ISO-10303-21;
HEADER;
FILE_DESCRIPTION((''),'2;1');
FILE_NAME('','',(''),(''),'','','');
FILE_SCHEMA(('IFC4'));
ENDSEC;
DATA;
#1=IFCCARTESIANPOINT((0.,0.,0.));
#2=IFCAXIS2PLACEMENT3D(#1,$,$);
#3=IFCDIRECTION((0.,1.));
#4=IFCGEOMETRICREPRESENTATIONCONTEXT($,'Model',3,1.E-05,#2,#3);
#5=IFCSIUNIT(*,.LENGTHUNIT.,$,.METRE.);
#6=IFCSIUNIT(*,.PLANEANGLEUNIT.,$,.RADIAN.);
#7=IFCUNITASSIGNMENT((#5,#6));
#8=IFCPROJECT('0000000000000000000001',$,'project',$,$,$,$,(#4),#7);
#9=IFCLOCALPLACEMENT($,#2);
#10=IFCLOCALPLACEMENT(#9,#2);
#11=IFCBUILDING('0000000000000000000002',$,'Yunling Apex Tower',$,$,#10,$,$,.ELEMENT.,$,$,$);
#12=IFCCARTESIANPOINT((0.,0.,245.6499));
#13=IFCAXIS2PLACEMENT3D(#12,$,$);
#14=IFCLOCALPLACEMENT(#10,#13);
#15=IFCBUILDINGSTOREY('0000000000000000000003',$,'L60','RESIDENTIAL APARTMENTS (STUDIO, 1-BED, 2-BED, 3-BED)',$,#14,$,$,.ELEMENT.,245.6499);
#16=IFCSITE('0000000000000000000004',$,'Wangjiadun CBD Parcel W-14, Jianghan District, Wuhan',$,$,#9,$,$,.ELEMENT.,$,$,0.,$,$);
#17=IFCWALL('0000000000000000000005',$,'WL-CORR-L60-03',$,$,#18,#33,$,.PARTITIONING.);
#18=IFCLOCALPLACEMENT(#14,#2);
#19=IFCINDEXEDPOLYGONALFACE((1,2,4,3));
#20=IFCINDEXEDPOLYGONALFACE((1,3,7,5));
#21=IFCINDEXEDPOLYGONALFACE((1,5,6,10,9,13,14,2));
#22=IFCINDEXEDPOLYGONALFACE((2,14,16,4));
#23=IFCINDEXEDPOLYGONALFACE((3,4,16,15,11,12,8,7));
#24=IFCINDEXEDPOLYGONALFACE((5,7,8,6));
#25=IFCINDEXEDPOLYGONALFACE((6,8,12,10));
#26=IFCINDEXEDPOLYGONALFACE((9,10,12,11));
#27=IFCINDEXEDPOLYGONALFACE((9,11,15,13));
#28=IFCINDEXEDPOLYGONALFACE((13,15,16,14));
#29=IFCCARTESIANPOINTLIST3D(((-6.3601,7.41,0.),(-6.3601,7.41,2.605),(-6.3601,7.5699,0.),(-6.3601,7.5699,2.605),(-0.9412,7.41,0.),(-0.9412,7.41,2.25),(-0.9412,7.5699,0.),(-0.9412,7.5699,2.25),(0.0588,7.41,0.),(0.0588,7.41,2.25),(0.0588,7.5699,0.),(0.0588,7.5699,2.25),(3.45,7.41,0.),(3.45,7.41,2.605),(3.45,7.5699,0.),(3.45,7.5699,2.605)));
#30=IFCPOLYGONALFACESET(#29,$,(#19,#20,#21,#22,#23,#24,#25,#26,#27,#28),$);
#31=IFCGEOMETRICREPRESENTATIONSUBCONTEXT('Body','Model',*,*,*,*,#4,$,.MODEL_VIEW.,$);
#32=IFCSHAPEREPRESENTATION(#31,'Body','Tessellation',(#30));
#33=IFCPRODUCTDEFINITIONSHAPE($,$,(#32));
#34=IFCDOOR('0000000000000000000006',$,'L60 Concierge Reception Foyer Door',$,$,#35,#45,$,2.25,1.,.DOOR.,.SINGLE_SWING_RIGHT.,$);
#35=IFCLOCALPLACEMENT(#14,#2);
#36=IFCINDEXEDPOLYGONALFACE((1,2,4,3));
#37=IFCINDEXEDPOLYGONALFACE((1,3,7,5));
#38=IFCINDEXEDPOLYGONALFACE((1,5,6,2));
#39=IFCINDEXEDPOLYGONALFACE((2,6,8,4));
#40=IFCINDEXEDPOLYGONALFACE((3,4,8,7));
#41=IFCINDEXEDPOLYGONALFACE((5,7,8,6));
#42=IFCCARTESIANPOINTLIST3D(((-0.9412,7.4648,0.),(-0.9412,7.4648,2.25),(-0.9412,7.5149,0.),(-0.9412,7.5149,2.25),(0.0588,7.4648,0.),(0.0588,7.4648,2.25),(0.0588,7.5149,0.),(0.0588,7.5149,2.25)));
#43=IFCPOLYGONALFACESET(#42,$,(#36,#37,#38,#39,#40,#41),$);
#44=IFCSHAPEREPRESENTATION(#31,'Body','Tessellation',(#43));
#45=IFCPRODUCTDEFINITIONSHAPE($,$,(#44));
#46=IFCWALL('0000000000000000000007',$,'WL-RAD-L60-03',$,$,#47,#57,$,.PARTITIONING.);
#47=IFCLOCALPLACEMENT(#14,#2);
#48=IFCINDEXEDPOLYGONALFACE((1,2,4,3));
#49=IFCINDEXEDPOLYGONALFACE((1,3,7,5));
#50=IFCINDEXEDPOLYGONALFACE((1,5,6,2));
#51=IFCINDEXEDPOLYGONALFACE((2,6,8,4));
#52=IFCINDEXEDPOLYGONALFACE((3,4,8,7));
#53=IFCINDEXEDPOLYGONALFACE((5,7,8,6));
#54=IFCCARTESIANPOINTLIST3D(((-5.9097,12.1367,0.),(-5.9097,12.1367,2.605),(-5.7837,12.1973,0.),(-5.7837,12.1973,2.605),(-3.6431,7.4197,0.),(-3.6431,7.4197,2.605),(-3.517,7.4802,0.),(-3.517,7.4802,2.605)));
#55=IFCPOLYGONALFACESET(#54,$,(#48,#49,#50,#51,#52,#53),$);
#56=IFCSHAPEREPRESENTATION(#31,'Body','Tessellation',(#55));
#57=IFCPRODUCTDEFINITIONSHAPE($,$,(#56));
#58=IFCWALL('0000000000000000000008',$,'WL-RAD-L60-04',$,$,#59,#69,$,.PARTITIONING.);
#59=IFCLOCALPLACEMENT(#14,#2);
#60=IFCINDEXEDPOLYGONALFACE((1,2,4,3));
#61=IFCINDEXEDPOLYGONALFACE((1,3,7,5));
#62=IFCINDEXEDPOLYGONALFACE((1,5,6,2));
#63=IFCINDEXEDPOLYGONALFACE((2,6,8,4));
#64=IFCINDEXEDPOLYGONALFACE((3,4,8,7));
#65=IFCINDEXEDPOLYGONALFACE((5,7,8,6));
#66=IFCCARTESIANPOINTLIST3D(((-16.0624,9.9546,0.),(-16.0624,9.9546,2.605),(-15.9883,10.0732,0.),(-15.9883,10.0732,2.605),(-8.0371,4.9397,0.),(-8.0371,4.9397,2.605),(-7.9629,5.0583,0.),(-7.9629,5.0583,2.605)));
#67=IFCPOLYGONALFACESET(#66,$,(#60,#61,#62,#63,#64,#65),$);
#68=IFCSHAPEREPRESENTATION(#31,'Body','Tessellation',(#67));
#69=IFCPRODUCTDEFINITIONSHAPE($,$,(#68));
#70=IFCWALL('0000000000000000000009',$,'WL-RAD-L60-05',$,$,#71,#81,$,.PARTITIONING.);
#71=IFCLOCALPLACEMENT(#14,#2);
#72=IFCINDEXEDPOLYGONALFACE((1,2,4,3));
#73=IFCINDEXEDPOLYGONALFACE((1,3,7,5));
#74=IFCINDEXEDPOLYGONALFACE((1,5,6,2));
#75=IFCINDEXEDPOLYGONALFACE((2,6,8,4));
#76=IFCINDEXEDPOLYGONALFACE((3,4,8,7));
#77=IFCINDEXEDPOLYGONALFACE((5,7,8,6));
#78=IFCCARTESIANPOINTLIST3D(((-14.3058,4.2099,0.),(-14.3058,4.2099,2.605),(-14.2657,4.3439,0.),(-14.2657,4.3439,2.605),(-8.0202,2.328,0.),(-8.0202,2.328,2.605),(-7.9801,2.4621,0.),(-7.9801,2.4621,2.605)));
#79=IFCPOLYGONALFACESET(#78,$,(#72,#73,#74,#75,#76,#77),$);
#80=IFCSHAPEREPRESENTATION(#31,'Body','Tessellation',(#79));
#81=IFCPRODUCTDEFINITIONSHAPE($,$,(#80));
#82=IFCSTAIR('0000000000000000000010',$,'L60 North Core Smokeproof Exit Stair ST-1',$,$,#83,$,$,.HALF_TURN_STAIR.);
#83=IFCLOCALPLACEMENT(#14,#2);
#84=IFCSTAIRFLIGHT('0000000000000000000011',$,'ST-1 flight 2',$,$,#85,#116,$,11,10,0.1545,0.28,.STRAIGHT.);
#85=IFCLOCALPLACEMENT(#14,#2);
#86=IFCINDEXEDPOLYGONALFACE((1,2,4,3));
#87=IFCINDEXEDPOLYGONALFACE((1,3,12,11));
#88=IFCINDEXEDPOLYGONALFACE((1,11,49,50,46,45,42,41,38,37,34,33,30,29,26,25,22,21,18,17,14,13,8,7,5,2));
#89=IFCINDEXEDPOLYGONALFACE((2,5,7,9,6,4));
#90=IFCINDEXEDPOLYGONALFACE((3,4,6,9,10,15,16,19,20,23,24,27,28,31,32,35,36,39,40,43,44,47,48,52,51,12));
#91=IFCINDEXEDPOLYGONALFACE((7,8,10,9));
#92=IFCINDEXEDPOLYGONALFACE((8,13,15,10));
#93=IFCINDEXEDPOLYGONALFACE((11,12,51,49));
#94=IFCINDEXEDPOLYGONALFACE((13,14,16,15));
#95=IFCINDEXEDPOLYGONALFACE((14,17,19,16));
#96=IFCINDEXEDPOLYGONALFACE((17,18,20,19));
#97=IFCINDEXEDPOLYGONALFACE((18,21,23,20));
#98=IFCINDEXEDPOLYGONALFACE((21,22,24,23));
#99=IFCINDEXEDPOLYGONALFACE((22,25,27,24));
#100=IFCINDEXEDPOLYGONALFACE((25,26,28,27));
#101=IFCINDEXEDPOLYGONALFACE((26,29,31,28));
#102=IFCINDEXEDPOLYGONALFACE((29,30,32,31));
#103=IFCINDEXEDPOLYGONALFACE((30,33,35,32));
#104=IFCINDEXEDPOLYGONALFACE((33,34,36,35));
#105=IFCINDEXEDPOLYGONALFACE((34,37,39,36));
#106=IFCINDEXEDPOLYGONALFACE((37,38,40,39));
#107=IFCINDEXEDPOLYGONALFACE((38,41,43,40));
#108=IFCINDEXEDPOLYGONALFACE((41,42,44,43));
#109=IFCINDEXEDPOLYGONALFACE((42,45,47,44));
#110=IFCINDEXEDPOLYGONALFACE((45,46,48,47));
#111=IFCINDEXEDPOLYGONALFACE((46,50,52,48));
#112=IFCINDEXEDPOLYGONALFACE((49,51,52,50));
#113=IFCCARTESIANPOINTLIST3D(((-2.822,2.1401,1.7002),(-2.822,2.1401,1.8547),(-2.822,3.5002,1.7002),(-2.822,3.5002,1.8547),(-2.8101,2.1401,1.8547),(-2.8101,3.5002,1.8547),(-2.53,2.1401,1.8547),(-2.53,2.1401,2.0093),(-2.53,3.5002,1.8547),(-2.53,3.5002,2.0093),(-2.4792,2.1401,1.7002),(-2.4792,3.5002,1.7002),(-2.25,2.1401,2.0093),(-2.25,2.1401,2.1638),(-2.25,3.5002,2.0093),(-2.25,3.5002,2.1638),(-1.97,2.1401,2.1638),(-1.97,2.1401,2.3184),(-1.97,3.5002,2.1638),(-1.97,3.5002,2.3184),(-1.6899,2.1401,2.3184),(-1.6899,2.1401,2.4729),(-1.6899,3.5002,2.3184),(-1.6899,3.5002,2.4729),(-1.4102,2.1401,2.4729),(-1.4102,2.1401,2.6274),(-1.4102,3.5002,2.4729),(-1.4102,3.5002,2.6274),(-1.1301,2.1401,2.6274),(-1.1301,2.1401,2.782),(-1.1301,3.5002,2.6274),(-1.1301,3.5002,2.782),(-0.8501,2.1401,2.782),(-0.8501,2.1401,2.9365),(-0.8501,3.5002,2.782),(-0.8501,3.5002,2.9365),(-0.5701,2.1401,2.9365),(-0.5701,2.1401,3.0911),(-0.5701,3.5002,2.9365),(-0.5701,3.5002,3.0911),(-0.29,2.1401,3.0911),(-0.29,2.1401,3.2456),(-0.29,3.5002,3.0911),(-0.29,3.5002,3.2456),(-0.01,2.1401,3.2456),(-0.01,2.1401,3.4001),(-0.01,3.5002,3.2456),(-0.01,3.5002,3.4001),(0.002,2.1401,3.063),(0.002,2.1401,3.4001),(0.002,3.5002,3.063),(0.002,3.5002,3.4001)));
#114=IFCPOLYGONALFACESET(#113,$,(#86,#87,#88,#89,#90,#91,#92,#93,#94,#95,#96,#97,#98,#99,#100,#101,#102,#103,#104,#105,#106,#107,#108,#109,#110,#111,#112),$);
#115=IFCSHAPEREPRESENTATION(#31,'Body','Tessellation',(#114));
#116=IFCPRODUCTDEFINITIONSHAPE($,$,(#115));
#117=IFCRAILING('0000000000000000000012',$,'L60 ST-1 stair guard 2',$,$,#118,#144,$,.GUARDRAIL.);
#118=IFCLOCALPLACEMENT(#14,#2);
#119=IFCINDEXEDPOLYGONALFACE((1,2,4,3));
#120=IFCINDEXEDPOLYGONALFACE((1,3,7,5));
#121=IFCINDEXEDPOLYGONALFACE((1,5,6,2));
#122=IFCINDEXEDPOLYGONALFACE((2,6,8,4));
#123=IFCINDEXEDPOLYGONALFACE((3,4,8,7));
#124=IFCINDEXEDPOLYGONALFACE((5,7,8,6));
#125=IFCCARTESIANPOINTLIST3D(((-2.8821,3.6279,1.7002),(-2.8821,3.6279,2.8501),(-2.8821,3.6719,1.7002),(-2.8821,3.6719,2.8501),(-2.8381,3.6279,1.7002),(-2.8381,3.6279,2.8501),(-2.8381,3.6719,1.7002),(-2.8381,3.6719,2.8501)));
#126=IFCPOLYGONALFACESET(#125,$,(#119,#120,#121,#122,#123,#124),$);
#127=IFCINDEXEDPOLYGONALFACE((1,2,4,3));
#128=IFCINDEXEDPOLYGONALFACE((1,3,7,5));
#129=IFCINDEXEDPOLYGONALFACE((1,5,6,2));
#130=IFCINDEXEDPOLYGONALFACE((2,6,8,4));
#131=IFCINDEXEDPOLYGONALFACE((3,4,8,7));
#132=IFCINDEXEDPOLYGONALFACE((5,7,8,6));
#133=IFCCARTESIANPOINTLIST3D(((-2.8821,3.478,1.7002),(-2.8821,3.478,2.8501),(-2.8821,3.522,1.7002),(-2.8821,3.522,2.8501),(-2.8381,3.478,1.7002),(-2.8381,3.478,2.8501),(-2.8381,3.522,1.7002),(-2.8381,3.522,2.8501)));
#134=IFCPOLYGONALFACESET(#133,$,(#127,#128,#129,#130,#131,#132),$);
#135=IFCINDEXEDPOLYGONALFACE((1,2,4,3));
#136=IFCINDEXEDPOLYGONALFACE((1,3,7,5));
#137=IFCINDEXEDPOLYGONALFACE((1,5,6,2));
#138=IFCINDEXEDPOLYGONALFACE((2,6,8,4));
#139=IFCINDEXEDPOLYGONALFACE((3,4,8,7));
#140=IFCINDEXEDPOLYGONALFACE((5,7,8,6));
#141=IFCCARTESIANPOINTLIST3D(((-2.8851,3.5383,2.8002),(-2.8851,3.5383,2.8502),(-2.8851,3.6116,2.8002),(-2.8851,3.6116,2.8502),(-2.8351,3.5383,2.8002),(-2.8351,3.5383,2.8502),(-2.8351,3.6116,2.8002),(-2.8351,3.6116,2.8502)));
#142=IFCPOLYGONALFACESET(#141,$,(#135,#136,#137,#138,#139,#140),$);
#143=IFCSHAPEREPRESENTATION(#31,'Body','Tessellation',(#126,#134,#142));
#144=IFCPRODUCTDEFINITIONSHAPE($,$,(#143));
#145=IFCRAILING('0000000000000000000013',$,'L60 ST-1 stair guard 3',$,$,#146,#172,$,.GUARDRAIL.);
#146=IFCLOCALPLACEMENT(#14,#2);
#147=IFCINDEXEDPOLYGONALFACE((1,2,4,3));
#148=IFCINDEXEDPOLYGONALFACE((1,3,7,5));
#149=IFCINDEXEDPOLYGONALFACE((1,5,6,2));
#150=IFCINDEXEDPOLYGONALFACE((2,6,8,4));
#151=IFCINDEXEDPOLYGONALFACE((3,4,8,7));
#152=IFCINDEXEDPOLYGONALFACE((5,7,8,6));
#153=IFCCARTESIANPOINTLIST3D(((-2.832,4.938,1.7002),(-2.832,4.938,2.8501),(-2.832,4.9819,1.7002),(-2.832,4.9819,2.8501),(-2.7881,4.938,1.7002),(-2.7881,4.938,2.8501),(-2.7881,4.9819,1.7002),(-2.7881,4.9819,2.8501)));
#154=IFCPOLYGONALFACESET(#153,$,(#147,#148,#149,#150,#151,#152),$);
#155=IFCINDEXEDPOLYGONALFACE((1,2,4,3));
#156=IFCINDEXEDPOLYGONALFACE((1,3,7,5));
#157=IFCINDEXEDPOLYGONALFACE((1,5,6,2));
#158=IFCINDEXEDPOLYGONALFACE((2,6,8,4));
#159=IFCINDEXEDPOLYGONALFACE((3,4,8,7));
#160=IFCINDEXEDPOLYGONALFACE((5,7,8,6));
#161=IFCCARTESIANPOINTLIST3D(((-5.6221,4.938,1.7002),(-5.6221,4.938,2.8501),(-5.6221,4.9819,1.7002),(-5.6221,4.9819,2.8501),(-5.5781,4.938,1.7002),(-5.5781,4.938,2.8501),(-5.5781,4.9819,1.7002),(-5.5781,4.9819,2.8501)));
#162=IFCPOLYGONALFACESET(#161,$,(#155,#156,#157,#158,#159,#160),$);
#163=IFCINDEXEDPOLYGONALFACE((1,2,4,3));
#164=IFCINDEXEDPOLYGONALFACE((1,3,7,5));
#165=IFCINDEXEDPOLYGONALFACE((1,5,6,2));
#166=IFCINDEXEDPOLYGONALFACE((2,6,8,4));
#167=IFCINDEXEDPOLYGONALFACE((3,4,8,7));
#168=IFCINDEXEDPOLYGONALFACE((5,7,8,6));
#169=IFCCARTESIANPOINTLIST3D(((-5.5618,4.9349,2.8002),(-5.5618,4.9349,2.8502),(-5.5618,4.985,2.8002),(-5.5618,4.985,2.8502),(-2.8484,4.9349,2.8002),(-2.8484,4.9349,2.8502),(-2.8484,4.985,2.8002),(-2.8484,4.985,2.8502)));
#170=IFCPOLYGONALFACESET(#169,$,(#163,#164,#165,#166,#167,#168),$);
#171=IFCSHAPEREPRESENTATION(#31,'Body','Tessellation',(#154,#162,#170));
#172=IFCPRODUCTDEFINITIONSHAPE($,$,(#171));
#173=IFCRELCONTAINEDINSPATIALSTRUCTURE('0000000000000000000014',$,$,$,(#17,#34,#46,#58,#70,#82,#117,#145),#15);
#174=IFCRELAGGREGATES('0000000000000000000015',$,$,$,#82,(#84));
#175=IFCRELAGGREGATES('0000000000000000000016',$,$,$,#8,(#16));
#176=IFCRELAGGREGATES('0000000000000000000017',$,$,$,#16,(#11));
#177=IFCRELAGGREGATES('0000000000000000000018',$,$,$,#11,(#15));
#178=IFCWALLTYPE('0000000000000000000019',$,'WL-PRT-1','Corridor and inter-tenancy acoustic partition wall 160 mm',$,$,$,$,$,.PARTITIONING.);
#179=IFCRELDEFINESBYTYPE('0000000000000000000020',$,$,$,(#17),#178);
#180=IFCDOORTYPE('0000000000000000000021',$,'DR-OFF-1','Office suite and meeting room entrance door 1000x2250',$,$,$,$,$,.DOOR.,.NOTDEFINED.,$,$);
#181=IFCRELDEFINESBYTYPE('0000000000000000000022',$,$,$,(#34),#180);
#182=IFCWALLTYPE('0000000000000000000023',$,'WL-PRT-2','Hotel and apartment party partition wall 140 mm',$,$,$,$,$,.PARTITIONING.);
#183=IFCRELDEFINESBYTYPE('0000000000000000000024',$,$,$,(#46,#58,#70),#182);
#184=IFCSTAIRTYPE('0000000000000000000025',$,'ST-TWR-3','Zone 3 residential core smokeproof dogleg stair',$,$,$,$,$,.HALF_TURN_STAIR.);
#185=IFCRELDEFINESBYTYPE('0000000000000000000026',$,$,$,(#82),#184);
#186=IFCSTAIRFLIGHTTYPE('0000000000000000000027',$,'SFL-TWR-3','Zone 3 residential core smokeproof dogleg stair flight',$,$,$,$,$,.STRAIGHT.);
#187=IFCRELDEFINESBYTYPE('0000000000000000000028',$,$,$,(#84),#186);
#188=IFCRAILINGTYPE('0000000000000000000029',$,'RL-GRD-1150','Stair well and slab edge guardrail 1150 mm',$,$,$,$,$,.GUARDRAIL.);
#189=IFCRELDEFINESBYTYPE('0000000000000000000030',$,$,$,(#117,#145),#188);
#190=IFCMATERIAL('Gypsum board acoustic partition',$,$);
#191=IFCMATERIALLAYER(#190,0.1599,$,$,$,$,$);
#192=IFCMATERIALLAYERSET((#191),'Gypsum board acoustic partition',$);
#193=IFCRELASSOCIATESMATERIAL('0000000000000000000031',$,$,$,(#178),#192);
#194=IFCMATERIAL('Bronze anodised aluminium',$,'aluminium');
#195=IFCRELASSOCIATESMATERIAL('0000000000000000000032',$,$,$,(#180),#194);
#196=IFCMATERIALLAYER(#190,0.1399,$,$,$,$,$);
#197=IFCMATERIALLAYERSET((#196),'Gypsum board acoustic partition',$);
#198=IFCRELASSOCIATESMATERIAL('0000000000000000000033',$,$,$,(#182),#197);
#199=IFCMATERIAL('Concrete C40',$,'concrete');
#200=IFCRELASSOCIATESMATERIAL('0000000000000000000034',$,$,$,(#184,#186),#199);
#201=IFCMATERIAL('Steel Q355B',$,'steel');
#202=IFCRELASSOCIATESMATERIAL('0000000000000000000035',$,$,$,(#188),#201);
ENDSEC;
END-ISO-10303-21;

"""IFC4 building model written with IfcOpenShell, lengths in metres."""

from ifc_helpers import new_model, si_unit, direction, frame, frame_2d, origin, origin_2d, place, context, subcontext, project, spatial, polyline, rectangle, outline, extrude, material, layer, layer_set, type_object, element, fill, aggregate, save


model = new_model("IFC4")

# Units and contexts
model_context = context("Model", 3, precision=1e-05, world=origin(), true_north=direction((0.0, 1.0)))
body_context = subcontext(model_context, "Body", "Model", "MODEL_VIEW")
ifc_project = project(units=[si_unit("LENGTHUNIT", "METRE"), si_unit("PLANEANGLEUNIT", "RADIAN")], contexts=[model_context])

# Site, building, storey
site_placement = place(None, origin())
site = spatial("IfcSite", under=ifc_project, at=site_placement, Name="Wangjiadun CBD Parcel W-14, Jianghan District, Wuhan", CompositionType="ELEMENT", RefElevation=0.0)
building_placement = place(site_placement, origin())
building = spatial("IfcBuilding", under=site, at=building_placement, Name="Yunling Apex Tower", CompositionType="ELEMENT")
storey_placement = place(building_placement, frame((0.0, 0.0, 245.6499)))
storey = spatial("IfcBuildingStorey", under=building, at=storey_placement, Name="L60", Description="RESIDENTIAL APARTMENTS (STUDIO, 1-BED, 2-BED, 3-BED)", CompositionType="ELEMENT", Elevation=245.6499)

# Shared definitions
ifc_material_1 = material(Name="Steel Q355B", Category="steel")

# Shared definitions
ifc_material_2 = material(Name="Bronze anodised aluminium", Category="aluminium")

# Shared definitions
ifc_material_3 = material(Name="Concrete C40", Category="concrete")

# Shared definitions
ifc_material_4 = material(Name="Gypsum board acoustic partition")
ifc_layer_1 = layer(ifc_material_4, 0.1599)
ifc_layer_set_1 = layer_set([ifc_layer_1], Name="Gypsum board acoustic partition")
wall_type_1 = type_object("IfcWallType", Name="WL-PRT-1", Description="Corridor and inter-tenancy acoustic partition wall 160 mm", PredefinedType="PARTITIONING", material=ifc_layer_set_1)
door_type_1 = type_object("IfcDoorType", Name="DR-OFF-1", Description="Office suite and meeting room entrance door 1000x2250", OperationType="NOTDEFINED", PredefinedType="DOOR", material=ifc_material_2)

# Wall, opening, door
wall_1_placement = place(storey_placement, frame((-6.3601, 7.49, 0.0), z_axis=(0.0, 0.0, 1.0), x_axis=(1.0, 0.0, 0.0)))
wall_1 = element("IfcWall", 1, at=wall_1_placement, inside=storey, type_object=wall_type_1, Name="WL-CORR-L60-03", PredefinedType="PARTITIONING", context=body_context, shape_type="SweptSolid", body=[
    extrude(rectangle(XDim=9.8101, YDim=0.1599, at=frame_2d((4.905, 0.0))), origin(), (0.0, 0.0, 1.0), 2.605),
])
opening_1_placement = place(wall_1_placement, frame((5.4189, 0.0, 0.0)))
opening_1 = element("IfcOpeningElement", 2, at=opening_1_placement, cuts=wall_1, PredefinedType="OPENING", context=body_context, shape_type="SweptSolid", body=[
    extrude(rectangle(XDim=1.0, YDim=2.25, at=frame_2d((0.5, 1.125))), frame((0.0, 0.0898, 0.0), z_axis=(0.0, -1.0, 0.0), x_axis=(1.0, 0.0, 0.0)), (0.0, 0.0, 1.0), 0.1799),
])
door_1_placement = place(opening_1_placement, origin())
door_1 = element("IfcDoor", 3, at=door_1_placement, inside=storey, type_object=door_type_1, Name="L60 Concierge Reception Foyer Door", OperationType="SINGLE_SWING_RIGHT", OverallHeight=2.25, OverallWidth=1.0, PredefinedType="DOOR", context=body_context, shape_type="SweptSolid", body=[
    extrude(rectangle(XDim=1.0, YDim=2.25, at=frame_2d((0.5, 1.125))), frame((0.0, 0.0249, 0.0), z_axis=(0.0, -1.0, 0.0), x_axis=(1.0, 0.0, 0.0)), (0.0, 0.0, 1.0), 0.05),
])
fill(opening_1, door_1)

# Walls
ifc_layer_2 = layer(ifc_material_4, 0.1399)
ifc_layer_set_2 = layer_set([ifc_layer_2], Name="Gypsum board acoustic partition")
wall_type_2 = type_object("IfcWallType", Name="WL-PRT-2", Description="Hotel and apartment party partition wall 140 mm", PredefinedType="PARTITIONING", material=ifc_layer_set_2)
wall_2_placement = place(storey_placement, frame((-3.5801, 7.45, 0.0), z_axis=(0.0, 0.0, 1.0), x_axis=(-0.433107, 0.901342, 0.0)))
element("IfcWall", 4, at=wall_2_placement, inside=storey, type_object=wall_type_2, Name="WL-RAD-L60-03", PredefinedType="PARTITIONING", context=body_context, shape_type="SweptSolid", body=[
    extrude(rectangle(XDim=5.2334, YDim=0.1399, at=frame_2d((2.6167, 0.0))), origin(), (0.0, 0.0, 1.0), 2.605),
])
wall_3_placement = place(storey_placement, frame((-8.0, 4.999, 0.0), z_axis=(0.0, 0.0, 1.0), x_axis=(-0.848045, 0.529925, 0.0)))
element("IfcWall", 5, at=wall_3_placement, inside=storey, type_object=wall_type_2, Name="WL-RAD-L60-04", PredefinedType="PARTITIONING", context=body_context, shape_type="SweptSolid", body=[
    extrude(rectangle(XDim=9.4634, YDim=0.1399, at=frame_2d((4.7317, 0.0))), origin(), (0.0, 0.0, 1.0), 2.605),
])
wall_4_placement = place(storey_placement, frame((-8.0, 2.395, 0.0), z_axis=(0.0, 0.0, 1.0), x_axis=(-0.957988, 0.286808, 0.0)))
element("IfcWall", 6, at=wall_4_placement, inside=storey, type_object=wall_type_2, Name="WL-RAD-L60-05", PredefinedType="PARTITIONING", context=body_context, shape_type="SweptSolid", body=[
    extrude(rectangle(XDim=6.5613, YDim=0.1399, at=frame_2d((3.2808, 0.0))), origin(), (0.0, 0.0, 1.0), 2.605),
])

# Stair, stair flight
stair_type = type_object("IfcStairType", Name="ST-TWR-3", Description="Zone 3 residential core smokeproof dogleg stair", PredefinedType="HALF_TURN_STAIR", material=ifc_material_3)
stair_placement = place(storey_placement, origin())
stair = element("IfcStair", 7, at=stair_placement, inside=storey, type_object=stair_type, Name="L60 North Core Smokeproof Exit Stair ST-1", PredefinedType="HALF_TURN_STAIR")
stair_flight_type = type_object("IfcStairFlightType", Name="SFL-TWR-3", Description="Zone 3 residential core smokeproof dogleg stair flight", PredefinedType="STRAIGHT", material=ifc_material_3)
stair_flight_placement = place(storey_placement, frame((-2.8101, 2.8201, 1.7002), z_axis=(0.0, 0.0, 1.0), x_axis=(1.0, 0.0, 0.0)))
stair_flight = element("IfcStairFlight", 8, at=stair_flight_placement, type_object=stair_flight_type, Name="ST-1 flight 2", NumberOfRisers=11, NumberOfTreads=10, PredefinedType="STRAIGHT", RiserHeight=0.1545, TreadLength=0.28, context=body_context, shape_type="SweptSolid", body=[
    extrude(outline(polyline([(-0.012, 0.0), (-0.012, 0.1545), (0.0, 0.1545), (0.28, 0.1545), (0.28, 0.3091), (0.5601, 0.3091), (0.5601, 0.4636), (0.8401, 0.4636), (0.8401, 0.6182), (1.1201, 0.6182), (1.1201, 0.7727), (1.3999, 0.7727), (1.3999, 0.9272), (1.6799, 0.9272), (1.6799, 1.0818), (1.96, 1.0818), (1.96, 1.2363), (2.24, 1.2363), (2.24, 1.3909), (2.52, 1.3909), (2.52, 1.5454), (2.8, 1.5454), (2.8, 1.7), (2.812, 1.7), (2.812, 1.3628), (0.3308, 0.0), (-0.012, 0.0)])), frame((0.0, 0.6802, 0.0), z_axis=(0.0, -1.0, 0.0), x_axis=(1.0, 0.0, 0.0)), (0.0, 0.0, 1.0), 1.3601),
])
aggregate(stair, [stair_flight])

# Railings
railing_type_1 = type_object("IfcRailingType", Name="RL-GRD-1150", Description="Stair well and slab edge guardrail 1150 mm", PredefinedType="GUARDRAIL", material=ifc_material_1)
railing_1_placement = place(storey_placement, frame((-2.8601, 3.6499, 1.7002)))
element("IfcRailing", 9, at=railing_1_placement, inside=storey, type_object=railing_type_1, Name="L60 ST-1 stair guard 2", PredefinedType="GUARDRAIL", context=body_context, shape_type="SweptSolid", body=[
    extrude(rectangle(XDim=0.0439, YDim=0.0439, at=origin_2d()), origin(), (0.0, 0.0, 1.0), 1.1499),
    extrude(rectangle(XDim=0.0439, YDim=0.0439, at=origin_2d()), frame((0.0, -0.1499, 0.0)), (0.0, 0.0, 1.0), 1.1499),
    extrude(rectangle(XDim=0.05, YDim=0.05, at=origin_2d()), frame((0.0, -0.0383, 1.125), z_axis=(0.0, -1.0, 0.0), x_axis=(1.0, 0.0, 0.0)), (0.0, 0.0, 1.0), 0.0732),
])
railing_2_placement = place(storey_placement, frame((-2.8101, 4.96, 1.7002)))
element("IfcRailing", 10, at=railing_2_placement, inside=storey, type_object=railing_type_1, Name="L60 ST-1 stair guard 3", PredefinedType="GUARDRAIL", context=body_context, shape_type="SweptSolid", body=[
    extrude(rectangle(XDim=0.0439, YDim=0.0439, at=origin_2d()), origin(), (0.0, 0.0, 1.0), 1.1499),
    extrude(rectangle(XDim=0.0439, YDim=0.0439, at=origin_2d()), frame((-2.79, 0.0, 0.0)), (0.0, 0.0, 1.0), 1.1499),
    extrude(rectangle(XDim=0.05, YDim=0.05, at=origin_2d()), frame((-0.0383, 0.0, 1.125), z_axis=(-1.0, 0.0, 0.0), x_axis=(0.0, -1.0, 0.0)), (0.0, 0.0, 1.0), 2.7134),
])

save(model, "model.ifc")
